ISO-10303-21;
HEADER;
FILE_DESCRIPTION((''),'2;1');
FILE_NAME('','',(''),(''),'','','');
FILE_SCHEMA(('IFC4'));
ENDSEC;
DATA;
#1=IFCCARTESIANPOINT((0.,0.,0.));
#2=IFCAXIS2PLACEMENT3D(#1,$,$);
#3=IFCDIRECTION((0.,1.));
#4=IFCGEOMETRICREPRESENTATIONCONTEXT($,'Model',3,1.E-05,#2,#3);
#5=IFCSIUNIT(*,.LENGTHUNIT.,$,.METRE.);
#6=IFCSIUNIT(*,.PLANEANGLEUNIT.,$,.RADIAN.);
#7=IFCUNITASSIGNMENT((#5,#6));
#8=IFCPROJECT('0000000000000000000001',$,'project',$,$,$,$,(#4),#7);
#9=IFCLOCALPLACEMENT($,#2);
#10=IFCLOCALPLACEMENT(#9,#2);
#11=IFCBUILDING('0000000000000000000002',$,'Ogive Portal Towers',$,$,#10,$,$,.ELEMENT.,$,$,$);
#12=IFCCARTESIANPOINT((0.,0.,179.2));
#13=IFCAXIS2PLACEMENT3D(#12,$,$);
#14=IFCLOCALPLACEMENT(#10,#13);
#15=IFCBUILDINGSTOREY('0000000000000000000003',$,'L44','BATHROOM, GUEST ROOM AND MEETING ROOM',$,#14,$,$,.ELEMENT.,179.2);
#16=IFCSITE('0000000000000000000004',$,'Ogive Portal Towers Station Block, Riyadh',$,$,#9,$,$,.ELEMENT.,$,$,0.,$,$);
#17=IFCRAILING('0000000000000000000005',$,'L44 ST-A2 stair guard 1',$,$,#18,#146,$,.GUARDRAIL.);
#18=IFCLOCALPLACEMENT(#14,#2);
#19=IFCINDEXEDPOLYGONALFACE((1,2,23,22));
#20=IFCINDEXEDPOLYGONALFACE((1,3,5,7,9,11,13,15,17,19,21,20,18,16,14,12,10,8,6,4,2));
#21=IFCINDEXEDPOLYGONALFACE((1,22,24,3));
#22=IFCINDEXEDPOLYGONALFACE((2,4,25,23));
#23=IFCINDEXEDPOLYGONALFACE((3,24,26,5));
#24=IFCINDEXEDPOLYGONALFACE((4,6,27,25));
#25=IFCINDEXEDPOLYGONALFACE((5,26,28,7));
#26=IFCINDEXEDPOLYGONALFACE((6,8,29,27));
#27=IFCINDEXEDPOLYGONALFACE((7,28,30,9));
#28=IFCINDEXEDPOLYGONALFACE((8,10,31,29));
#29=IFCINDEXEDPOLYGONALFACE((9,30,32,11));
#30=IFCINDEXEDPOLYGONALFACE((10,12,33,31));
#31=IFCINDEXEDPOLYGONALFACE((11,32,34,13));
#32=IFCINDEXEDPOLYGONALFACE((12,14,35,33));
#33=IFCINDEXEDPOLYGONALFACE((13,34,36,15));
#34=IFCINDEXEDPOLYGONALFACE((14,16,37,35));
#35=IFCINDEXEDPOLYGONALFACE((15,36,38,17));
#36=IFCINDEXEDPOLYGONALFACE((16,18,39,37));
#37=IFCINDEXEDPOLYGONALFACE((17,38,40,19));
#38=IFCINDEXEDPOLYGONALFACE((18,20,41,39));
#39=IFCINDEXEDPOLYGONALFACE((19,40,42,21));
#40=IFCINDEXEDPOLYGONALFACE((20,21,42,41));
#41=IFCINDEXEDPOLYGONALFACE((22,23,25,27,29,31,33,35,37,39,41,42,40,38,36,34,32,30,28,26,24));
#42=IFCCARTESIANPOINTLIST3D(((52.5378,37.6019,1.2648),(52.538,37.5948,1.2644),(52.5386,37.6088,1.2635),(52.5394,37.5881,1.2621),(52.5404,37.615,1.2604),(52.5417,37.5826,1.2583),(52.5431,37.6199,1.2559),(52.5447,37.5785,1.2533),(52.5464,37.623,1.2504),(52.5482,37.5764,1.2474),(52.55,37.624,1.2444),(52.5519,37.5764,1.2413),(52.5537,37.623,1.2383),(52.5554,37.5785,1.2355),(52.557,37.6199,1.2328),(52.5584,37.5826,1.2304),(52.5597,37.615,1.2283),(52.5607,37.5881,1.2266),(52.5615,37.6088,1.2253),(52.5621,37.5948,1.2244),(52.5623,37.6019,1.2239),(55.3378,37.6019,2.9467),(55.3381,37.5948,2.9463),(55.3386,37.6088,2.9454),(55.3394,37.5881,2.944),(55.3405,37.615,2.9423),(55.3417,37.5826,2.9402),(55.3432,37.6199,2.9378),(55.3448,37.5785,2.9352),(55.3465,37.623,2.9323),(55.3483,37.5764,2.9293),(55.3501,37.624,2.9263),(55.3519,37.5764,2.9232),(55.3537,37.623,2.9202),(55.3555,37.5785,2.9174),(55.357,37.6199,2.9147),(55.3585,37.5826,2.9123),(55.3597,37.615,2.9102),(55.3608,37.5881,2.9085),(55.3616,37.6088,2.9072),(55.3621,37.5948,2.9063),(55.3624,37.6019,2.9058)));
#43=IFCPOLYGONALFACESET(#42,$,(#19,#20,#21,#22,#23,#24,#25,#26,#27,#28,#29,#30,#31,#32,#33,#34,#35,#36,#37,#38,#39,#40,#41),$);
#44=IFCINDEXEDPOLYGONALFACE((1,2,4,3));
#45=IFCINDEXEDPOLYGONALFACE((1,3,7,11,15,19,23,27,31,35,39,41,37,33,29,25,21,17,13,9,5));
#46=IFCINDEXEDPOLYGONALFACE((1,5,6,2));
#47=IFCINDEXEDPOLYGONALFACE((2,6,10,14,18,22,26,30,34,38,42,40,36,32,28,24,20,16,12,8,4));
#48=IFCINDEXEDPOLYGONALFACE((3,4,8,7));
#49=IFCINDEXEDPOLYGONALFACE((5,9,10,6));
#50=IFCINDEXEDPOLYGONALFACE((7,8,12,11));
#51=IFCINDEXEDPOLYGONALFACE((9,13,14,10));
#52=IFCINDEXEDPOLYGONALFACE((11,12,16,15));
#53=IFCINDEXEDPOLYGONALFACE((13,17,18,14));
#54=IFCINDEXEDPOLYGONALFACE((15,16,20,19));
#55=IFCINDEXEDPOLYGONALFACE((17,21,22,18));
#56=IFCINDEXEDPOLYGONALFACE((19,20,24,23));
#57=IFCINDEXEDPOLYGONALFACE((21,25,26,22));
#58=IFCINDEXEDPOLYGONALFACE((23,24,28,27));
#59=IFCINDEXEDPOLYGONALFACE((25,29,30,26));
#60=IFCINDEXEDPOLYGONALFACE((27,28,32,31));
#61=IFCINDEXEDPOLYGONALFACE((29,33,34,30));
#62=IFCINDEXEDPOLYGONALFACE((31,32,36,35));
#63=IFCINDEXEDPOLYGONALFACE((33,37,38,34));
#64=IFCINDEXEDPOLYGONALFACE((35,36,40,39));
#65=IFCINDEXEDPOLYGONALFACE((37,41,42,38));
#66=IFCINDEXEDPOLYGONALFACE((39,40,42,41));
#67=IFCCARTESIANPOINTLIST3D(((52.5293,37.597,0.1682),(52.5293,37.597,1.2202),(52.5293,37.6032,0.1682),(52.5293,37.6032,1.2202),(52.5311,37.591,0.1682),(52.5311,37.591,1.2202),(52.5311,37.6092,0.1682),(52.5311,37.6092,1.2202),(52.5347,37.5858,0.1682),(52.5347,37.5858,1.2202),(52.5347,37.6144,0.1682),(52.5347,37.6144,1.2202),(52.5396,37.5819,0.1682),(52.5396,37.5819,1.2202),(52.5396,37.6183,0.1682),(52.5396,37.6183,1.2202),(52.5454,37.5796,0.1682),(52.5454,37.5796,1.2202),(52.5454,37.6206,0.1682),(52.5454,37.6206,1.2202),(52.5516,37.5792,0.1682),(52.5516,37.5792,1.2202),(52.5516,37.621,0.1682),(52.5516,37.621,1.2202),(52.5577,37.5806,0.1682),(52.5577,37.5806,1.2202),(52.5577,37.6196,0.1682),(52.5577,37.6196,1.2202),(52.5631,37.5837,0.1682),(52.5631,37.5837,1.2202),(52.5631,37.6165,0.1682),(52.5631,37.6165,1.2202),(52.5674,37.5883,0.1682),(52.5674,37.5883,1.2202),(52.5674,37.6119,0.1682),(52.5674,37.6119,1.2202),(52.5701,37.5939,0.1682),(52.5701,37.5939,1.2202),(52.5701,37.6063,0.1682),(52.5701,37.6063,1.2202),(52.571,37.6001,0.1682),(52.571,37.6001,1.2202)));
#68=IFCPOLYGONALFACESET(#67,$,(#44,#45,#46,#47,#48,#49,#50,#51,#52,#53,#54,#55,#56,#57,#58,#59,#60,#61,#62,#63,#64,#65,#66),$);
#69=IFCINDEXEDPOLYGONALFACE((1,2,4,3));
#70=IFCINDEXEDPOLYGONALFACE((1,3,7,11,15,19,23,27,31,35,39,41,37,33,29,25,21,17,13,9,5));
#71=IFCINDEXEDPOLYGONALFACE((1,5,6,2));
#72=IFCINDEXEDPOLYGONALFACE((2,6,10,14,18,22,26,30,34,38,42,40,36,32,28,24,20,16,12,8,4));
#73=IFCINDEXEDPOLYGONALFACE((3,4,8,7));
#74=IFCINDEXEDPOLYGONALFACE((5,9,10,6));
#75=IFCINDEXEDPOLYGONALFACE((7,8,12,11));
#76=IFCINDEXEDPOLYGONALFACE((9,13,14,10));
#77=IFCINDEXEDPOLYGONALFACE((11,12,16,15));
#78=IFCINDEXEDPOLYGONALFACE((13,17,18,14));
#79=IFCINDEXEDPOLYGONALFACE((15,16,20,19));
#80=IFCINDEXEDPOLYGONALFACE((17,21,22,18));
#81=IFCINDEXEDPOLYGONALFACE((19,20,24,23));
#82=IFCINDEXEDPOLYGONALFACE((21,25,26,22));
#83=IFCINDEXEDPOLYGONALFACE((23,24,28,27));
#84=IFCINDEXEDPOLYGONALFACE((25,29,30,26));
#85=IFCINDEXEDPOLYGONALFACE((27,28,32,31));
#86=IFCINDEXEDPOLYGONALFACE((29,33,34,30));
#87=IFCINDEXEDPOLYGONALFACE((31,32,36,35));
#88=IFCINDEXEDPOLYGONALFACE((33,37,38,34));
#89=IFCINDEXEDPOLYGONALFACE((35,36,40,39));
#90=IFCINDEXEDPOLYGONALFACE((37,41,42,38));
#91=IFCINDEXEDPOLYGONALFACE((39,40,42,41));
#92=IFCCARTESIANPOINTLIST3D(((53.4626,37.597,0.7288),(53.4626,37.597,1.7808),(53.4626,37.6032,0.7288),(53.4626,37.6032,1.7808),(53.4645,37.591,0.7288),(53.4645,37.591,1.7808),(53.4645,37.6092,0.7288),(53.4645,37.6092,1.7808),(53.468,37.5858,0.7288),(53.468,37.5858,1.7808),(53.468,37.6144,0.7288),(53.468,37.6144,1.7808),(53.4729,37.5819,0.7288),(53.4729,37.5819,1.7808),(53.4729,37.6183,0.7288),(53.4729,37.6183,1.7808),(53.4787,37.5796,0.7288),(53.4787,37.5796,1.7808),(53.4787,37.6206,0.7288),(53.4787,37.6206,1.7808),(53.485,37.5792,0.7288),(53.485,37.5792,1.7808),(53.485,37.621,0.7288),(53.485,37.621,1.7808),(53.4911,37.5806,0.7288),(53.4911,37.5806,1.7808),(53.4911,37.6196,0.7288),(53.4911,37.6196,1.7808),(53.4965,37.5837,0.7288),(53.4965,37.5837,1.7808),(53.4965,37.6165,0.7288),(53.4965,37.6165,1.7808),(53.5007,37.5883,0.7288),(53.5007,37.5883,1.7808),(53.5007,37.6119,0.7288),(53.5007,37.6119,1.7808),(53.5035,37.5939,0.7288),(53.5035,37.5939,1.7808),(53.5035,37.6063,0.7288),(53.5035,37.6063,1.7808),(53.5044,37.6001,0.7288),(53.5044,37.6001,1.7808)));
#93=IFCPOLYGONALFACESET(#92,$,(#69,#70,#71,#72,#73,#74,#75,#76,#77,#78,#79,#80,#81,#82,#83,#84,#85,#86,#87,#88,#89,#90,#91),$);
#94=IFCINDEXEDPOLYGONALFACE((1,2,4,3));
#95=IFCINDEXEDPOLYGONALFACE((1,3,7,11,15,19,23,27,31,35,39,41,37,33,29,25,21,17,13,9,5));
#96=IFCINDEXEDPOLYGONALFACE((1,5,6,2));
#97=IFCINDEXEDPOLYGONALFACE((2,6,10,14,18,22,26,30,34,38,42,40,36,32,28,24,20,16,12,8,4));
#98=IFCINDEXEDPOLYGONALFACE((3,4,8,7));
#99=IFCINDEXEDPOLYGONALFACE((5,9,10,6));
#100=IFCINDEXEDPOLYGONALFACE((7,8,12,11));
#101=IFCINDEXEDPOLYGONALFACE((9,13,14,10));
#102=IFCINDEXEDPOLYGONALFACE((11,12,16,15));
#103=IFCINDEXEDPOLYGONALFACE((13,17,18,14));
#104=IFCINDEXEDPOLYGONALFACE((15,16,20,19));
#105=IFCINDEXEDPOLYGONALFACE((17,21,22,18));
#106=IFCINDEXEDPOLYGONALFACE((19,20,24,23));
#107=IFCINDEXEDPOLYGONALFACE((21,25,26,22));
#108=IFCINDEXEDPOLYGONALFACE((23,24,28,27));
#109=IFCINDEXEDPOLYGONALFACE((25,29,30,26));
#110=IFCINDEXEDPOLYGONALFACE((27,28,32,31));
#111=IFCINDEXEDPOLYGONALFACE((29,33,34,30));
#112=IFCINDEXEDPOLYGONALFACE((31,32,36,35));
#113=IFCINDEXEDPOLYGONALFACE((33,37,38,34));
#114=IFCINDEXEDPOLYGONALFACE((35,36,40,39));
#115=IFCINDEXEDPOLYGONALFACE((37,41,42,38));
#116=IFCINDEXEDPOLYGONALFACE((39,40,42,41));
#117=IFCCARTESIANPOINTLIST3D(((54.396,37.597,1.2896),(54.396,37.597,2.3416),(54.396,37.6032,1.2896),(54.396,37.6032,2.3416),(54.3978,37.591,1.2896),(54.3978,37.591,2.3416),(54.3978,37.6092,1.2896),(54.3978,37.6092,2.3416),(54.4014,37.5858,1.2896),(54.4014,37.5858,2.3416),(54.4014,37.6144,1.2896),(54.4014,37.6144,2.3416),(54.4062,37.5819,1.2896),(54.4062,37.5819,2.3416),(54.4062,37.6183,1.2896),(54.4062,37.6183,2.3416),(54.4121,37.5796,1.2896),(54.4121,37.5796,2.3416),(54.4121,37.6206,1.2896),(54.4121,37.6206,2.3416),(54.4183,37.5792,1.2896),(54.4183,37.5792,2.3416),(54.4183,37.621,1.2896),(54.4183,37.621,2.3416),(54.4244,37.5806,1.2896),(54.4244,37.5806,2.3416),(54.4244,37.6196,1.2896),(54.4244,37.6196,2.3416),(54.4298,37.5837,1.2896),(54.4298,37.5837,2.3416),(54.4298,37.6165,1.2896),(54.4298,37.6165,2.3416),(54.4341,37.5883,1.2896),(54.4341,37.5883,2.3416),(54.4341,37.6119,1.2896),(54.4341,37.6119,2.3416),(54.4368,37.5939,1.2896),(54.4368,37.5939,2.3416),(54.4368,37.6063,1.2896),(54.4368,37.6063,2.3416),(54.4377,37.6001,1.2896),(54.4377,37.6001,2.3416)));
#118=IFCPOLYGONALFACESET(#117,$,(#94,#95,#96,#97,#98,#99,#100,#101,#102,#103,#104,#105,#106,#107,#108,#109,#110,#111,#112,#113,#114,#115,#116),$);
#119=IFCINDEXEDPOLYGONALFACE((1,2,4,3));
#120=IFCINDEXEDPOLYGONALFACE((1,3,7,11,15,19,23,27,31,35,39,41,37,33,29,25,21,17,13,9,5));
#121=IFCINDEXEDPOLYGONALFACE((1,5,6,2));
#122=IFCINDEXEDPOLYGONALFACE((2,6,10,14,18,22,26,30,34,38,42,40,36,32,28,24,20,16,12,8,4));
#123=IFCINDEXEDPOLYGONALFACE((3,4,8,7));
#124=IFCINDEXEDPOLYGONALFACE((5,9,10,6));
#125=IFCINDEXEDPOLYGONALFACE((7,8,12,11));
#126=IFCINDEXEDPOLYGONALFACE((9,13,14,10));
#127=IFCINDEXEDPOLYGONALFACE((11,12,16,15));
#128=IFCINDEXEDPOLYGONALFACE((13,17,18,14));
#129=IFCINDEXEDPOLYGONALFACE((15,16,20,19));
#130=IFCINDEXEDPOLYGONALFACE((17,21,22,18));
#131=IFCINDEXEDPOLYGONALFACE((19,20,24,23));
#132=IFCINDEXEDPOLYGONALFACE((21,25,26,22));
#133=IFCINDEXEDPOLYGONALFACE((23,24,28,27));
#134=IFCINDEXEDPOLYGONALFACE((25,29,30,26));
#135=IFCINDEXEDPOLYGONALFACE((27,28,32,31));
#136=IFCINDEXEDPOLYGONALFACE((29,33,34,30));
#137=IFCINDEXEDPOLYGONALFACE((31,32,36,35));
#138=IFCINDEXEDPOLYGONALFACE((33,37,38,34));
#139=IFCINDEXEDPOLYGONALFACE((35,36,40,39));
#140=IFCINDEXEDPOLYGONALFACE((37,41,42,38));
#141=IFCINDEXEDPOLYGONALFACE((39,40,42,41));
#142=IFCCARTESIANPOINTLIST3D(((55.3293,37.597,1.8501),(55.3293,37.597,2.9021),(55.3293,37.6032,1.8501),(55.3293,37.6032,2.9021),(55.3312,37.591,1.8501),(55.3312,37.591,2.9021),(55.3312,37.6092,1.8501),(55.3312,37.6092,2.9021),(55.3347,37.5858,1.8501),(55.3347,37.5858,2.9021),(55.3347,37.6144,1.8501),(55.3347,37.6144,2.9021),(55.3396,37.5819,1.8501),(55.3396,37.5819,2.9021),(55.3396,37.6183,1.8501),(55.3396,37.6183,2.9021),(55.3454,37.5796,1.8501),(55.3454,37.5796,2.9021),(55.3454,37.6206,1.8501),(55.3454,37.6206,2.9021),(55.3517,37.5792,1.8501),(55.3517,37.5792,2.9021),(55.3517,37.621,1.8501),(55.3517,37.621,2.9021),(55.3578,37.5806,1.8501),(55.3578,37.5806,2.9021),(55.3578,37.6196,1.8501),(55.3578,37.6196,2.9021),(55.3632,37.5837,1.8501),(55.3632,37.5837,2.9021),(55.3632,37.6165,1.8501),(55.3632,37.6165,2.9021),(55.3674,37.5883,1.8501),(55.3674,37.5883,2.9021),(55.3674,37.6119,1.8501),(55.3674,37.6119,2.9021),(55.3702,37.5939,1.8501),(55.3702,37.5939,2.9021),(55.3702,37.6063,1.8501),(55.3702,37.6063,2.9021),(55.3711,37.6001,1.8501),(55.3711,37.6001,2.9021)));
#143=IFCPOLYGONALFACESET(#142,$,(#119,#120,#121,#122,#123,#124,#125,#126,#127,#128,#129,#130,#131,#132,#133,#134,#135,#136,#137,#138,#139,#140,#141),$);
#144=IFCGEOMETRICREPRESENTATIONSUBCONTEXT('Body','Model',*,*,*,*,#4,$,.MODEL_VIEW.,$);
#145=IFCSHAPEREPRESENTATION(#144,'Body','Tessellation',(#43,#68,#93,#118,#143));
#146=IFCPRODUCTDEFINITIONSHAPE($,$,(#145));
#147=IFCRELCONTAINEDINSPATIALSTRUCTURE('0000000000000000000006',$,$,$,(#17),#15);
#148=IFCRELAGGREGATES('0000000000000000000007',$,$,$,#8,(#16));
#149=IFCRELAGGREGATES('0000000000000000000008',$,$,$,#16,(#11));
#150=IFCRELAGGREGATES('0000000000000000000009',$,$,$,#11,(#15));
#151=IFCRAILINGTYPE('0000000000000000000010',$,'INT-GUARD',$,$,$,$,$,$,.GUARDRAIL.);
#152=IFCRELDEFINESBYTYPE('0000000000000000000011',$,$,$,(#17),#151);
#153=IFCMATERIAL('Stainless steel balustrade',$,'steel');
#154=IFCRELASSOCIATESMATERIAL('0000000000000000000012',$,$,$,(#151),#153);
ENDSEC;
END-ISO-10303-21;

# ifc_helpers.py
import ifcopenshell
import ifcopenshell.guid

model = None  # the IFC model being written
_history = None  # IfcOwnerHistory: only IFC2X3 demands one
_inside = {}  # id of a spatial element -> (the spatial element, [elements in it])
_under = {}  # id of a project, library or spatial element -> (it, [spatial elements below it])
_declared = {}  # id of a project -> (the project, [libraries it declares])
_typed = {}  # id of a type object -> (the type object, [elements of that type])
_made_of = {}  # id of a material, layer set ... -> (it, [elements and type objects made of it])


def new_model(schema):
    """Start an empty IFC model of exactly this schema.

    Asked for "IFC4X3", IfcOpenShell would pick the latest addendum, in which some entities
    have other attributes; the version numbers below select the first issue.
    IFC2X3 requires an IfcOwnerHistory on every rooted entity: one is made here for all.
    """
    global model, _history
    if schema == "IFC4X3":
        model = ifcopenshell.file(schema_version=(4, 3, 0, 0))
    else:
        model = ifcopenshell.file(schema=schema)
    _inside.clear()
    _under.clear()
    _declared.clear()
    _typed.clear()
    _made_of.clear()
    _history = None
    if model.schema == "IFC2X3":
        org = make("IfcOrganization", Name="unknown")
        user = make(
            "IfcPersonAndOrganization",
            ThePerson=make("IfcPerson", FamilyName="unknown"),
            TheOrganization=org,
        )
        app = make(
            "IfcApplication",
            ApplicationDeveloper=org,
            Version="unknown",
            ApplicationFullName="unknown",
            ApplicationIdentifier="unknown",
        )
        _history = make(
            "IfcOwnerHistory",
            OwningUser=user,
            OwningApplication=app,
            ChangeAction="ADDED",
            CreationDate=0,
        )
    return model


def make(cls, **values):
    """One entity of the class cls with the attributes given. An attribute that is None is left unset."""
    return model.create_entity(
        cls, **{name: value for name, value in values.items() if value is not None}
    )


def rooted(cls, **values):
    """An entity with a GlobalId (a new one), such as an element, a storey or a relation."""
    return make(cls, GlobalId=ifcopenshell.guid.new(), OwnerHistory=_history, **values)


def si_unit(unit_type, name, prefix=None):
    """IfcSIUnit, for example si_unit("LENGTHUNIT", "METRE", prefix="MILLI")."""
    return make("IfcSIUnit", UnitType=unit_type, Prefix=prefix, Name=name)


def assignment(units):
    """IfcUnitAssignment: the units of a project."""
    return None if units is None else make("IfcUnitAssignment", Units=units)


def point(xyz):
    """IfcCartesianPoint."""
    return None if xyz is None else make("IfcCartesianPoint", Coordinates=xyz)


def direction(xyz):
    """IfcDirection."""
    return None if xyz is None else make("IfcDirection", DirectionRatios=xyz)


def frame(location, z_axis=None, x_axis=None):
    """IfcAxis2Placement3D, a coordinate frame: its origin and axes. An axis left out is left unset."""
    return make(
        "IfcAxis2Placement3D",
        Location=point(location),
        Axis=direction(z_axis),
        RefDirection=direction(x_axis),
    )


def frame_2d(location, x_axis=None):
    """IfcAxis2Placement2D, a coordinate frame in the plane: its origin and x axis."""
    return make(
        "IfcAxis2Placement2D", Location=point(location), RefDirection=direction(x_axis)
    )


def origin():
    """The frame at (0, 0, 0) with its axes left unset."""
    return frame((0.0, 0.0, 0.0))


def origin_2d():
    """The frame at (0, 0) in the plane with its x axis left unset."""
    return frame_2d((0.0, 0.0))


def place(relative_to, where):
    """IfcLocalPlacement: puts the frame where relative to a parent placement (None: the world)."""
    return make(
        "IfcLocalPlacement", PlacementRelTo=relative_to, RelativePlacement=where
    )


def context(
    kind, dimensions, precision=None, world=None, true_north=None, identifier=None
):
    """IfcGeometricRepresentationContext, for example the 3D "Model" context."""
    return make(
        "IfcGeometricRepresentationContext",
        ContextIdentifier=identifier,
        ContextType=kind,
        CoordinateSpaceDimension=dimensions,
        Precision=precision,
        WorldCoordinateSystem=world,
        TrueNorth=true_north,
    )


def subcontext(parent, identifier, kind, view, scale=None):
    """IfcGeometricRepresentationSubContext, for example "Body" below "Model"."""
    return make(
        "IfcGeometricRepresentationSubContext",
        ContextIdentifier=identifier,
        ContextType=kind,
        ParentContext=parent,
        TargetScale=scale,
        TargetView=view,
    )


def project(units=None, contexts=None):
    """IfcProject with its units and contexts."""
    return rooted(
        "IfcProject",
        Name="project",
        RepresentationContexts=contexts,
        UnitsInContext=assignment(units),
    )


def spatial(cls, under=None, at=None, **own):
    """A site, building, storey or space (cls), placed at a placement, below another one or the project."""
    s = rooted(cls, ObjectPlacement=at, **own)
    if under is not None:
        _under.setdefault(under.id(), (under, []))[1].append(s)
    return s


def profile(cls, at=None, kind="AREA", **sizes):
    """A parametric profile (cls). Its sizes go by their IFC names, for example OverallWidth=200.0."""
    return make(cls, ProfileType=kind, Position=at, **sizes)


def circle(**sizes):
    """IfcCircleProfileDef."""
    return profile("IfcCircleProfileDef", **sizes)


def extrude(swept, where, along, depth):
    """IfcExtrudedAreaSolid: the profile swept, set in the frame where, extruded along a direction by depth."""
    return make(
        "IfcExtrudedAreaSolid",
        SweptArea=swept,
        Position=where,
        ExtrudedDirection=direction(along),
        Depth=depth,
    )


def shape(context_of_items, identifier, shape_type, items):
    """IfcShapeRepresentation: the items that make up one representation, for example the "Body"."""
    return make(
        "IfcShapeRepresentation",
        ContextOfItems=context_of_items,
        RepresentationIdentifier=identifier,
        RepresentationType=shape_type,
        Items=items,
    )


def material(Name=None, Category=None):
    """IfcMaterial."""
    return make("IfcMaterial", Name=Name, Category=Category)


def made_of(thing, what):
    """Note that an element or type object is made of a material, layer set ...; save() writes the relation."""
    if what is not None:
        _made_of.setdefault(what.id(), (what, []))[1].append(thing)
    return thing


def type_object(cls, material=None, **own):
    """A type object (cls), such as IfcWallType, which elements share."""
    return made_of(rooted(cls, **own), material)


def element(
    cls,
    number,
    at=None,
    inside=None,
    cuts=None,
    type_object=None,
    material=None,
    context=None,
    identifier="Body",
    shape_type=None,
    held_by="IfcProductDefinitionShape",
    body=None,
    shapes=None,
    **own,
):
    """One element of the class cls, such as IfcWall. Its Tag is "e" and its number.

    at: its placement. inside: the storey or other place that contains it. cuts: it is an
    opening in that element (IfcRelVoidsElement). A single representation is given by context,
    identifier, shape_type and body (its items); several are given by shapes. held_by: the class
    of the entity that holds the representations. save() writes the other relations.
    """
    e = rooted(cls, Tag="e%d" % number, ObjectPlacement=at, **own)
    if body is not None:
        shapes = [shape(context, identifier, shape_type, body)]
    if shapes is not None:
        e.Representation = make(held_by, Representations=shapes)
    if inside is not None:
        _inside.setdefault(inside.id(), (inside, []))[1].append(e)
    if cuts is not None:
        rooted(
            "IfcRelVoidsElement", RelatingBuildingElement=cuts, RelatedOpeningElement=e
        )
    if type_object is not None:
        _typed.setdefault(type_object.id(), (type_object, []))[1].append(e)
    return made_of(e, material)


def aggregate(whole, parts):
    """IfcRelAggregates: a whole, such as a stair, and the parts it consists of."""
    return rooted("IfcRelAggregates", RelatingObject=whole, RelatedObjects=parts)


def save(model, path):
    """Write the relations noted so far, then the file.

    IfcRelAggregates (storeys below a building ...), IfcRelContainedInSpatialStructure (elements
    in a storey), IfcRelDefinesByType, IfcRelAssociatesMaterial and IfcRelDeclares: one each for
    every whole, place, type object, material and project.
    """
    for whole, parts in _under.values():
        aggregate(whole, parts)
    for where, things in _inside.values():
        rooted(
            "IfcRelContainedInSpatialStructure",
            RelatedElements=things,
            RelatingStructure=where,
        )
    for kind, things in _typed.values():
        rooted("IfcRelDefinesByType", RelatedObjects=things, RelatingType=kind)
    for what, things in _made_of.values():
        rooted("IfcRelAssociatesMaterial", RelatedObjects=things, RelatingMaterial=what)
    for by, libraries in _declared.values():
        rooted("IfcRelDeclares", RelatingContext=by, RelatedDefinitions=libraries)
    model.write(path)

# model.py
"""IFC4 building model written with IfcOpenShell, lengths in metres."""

from ifc_helpers import new_model, si_unit, direction, frame, origin, origin_2d, place, context, subcontext, project, spatial, circle, extrude, material, type_object, element, save


model = new_model("IFC4")

# Units and contexts
model_context = context("Model", 3, precision=1e-05, world=origin(), true_north=direction((0.0, 1.0)))
body_context = subcontext(model_context, "Body", "Model", "MODEL_VIEW")
ifc_project = project(units=[si_unit("LENGTHUNIT", "METRE"), si_unit("PLANEANGLEUNIT", "RADIAN")], contexts=[model_context])

# Site, building, storey
site_placement = place(None, origin())
site = spatial("IfcSite", under=ifc_project, at=site_placement, Name="Ogive Portal Towers Station Block, Riyadh", CompositionType="ELEMENT", RefElevation=0.0)
building_placement = place(site_placement, origin())
building = spatial("IfcBuilding", under=site, at=building_placement, Name="Ogive Portal Towers", CompositionType="ELEMENT")
storey_placement = place(building_placement, frame((0.0, 0.0, 179.2)))
storey = spatial("IfcBuildingStorey", under=building, at=storey_placement, Name="L44", Description="BATHROOM, GUEST ROOM AND MEETING ROOM", CompositionType="ELEMENT", Elevation=179.2)

# Railing
ifc_material_1 = material(Name="Stainless steel balustrade", Category="steel")
railing_type_1 = type_object("IfcRailingType", Name="INT-GUARD", PredefinedType="GUARDRAIL", material=ifc_material_1)
railing_1_placement = place(storey_placement, frame((52.55, 37.6001, 0.1682)))
element("IfcRailing", 1, at=railing_1_placement, inside=storey, type_object=railing_type_1, Name="L44 ST-A2 stair guard 1", PredefinedType="GUARDRAIL", context=body_context, shape_type="SweptSolid", body=[
    extrude(circle(Radius=0.0239, at=origin_2d()), frame((0.0, 0.0, 1.0762), z_axis=(0.857242, 0.0, 0.514913), x_axis=(0.0, 1.0, 0.0)), (0.0, 0.0, 1.0), 3.2664),
    extrude(circle(Radius=0.021, at=origin_2d()), origin(), (0.0, 0.0, 1.0), 1.052),
    extrude(circle(Radius=0.021, at=origin_2d()), frame((0.9333, 0.0, 0.5605)), (0.0, 0.0, 1.0), 1.052),
    extrude(circle(Radius=0.021, at=origin_2d()), frame((1.8667, 0.0, 1.1213)), (0.0, 0.0, 1.0), 1.052),
    extrude(circle(Radius=0.021, at=origin_2d()), frame((2.8, 0.0, 1.6819)), (0.0, 0.0, 1.0), 1.052),
])

save(model, "model.ifc")
